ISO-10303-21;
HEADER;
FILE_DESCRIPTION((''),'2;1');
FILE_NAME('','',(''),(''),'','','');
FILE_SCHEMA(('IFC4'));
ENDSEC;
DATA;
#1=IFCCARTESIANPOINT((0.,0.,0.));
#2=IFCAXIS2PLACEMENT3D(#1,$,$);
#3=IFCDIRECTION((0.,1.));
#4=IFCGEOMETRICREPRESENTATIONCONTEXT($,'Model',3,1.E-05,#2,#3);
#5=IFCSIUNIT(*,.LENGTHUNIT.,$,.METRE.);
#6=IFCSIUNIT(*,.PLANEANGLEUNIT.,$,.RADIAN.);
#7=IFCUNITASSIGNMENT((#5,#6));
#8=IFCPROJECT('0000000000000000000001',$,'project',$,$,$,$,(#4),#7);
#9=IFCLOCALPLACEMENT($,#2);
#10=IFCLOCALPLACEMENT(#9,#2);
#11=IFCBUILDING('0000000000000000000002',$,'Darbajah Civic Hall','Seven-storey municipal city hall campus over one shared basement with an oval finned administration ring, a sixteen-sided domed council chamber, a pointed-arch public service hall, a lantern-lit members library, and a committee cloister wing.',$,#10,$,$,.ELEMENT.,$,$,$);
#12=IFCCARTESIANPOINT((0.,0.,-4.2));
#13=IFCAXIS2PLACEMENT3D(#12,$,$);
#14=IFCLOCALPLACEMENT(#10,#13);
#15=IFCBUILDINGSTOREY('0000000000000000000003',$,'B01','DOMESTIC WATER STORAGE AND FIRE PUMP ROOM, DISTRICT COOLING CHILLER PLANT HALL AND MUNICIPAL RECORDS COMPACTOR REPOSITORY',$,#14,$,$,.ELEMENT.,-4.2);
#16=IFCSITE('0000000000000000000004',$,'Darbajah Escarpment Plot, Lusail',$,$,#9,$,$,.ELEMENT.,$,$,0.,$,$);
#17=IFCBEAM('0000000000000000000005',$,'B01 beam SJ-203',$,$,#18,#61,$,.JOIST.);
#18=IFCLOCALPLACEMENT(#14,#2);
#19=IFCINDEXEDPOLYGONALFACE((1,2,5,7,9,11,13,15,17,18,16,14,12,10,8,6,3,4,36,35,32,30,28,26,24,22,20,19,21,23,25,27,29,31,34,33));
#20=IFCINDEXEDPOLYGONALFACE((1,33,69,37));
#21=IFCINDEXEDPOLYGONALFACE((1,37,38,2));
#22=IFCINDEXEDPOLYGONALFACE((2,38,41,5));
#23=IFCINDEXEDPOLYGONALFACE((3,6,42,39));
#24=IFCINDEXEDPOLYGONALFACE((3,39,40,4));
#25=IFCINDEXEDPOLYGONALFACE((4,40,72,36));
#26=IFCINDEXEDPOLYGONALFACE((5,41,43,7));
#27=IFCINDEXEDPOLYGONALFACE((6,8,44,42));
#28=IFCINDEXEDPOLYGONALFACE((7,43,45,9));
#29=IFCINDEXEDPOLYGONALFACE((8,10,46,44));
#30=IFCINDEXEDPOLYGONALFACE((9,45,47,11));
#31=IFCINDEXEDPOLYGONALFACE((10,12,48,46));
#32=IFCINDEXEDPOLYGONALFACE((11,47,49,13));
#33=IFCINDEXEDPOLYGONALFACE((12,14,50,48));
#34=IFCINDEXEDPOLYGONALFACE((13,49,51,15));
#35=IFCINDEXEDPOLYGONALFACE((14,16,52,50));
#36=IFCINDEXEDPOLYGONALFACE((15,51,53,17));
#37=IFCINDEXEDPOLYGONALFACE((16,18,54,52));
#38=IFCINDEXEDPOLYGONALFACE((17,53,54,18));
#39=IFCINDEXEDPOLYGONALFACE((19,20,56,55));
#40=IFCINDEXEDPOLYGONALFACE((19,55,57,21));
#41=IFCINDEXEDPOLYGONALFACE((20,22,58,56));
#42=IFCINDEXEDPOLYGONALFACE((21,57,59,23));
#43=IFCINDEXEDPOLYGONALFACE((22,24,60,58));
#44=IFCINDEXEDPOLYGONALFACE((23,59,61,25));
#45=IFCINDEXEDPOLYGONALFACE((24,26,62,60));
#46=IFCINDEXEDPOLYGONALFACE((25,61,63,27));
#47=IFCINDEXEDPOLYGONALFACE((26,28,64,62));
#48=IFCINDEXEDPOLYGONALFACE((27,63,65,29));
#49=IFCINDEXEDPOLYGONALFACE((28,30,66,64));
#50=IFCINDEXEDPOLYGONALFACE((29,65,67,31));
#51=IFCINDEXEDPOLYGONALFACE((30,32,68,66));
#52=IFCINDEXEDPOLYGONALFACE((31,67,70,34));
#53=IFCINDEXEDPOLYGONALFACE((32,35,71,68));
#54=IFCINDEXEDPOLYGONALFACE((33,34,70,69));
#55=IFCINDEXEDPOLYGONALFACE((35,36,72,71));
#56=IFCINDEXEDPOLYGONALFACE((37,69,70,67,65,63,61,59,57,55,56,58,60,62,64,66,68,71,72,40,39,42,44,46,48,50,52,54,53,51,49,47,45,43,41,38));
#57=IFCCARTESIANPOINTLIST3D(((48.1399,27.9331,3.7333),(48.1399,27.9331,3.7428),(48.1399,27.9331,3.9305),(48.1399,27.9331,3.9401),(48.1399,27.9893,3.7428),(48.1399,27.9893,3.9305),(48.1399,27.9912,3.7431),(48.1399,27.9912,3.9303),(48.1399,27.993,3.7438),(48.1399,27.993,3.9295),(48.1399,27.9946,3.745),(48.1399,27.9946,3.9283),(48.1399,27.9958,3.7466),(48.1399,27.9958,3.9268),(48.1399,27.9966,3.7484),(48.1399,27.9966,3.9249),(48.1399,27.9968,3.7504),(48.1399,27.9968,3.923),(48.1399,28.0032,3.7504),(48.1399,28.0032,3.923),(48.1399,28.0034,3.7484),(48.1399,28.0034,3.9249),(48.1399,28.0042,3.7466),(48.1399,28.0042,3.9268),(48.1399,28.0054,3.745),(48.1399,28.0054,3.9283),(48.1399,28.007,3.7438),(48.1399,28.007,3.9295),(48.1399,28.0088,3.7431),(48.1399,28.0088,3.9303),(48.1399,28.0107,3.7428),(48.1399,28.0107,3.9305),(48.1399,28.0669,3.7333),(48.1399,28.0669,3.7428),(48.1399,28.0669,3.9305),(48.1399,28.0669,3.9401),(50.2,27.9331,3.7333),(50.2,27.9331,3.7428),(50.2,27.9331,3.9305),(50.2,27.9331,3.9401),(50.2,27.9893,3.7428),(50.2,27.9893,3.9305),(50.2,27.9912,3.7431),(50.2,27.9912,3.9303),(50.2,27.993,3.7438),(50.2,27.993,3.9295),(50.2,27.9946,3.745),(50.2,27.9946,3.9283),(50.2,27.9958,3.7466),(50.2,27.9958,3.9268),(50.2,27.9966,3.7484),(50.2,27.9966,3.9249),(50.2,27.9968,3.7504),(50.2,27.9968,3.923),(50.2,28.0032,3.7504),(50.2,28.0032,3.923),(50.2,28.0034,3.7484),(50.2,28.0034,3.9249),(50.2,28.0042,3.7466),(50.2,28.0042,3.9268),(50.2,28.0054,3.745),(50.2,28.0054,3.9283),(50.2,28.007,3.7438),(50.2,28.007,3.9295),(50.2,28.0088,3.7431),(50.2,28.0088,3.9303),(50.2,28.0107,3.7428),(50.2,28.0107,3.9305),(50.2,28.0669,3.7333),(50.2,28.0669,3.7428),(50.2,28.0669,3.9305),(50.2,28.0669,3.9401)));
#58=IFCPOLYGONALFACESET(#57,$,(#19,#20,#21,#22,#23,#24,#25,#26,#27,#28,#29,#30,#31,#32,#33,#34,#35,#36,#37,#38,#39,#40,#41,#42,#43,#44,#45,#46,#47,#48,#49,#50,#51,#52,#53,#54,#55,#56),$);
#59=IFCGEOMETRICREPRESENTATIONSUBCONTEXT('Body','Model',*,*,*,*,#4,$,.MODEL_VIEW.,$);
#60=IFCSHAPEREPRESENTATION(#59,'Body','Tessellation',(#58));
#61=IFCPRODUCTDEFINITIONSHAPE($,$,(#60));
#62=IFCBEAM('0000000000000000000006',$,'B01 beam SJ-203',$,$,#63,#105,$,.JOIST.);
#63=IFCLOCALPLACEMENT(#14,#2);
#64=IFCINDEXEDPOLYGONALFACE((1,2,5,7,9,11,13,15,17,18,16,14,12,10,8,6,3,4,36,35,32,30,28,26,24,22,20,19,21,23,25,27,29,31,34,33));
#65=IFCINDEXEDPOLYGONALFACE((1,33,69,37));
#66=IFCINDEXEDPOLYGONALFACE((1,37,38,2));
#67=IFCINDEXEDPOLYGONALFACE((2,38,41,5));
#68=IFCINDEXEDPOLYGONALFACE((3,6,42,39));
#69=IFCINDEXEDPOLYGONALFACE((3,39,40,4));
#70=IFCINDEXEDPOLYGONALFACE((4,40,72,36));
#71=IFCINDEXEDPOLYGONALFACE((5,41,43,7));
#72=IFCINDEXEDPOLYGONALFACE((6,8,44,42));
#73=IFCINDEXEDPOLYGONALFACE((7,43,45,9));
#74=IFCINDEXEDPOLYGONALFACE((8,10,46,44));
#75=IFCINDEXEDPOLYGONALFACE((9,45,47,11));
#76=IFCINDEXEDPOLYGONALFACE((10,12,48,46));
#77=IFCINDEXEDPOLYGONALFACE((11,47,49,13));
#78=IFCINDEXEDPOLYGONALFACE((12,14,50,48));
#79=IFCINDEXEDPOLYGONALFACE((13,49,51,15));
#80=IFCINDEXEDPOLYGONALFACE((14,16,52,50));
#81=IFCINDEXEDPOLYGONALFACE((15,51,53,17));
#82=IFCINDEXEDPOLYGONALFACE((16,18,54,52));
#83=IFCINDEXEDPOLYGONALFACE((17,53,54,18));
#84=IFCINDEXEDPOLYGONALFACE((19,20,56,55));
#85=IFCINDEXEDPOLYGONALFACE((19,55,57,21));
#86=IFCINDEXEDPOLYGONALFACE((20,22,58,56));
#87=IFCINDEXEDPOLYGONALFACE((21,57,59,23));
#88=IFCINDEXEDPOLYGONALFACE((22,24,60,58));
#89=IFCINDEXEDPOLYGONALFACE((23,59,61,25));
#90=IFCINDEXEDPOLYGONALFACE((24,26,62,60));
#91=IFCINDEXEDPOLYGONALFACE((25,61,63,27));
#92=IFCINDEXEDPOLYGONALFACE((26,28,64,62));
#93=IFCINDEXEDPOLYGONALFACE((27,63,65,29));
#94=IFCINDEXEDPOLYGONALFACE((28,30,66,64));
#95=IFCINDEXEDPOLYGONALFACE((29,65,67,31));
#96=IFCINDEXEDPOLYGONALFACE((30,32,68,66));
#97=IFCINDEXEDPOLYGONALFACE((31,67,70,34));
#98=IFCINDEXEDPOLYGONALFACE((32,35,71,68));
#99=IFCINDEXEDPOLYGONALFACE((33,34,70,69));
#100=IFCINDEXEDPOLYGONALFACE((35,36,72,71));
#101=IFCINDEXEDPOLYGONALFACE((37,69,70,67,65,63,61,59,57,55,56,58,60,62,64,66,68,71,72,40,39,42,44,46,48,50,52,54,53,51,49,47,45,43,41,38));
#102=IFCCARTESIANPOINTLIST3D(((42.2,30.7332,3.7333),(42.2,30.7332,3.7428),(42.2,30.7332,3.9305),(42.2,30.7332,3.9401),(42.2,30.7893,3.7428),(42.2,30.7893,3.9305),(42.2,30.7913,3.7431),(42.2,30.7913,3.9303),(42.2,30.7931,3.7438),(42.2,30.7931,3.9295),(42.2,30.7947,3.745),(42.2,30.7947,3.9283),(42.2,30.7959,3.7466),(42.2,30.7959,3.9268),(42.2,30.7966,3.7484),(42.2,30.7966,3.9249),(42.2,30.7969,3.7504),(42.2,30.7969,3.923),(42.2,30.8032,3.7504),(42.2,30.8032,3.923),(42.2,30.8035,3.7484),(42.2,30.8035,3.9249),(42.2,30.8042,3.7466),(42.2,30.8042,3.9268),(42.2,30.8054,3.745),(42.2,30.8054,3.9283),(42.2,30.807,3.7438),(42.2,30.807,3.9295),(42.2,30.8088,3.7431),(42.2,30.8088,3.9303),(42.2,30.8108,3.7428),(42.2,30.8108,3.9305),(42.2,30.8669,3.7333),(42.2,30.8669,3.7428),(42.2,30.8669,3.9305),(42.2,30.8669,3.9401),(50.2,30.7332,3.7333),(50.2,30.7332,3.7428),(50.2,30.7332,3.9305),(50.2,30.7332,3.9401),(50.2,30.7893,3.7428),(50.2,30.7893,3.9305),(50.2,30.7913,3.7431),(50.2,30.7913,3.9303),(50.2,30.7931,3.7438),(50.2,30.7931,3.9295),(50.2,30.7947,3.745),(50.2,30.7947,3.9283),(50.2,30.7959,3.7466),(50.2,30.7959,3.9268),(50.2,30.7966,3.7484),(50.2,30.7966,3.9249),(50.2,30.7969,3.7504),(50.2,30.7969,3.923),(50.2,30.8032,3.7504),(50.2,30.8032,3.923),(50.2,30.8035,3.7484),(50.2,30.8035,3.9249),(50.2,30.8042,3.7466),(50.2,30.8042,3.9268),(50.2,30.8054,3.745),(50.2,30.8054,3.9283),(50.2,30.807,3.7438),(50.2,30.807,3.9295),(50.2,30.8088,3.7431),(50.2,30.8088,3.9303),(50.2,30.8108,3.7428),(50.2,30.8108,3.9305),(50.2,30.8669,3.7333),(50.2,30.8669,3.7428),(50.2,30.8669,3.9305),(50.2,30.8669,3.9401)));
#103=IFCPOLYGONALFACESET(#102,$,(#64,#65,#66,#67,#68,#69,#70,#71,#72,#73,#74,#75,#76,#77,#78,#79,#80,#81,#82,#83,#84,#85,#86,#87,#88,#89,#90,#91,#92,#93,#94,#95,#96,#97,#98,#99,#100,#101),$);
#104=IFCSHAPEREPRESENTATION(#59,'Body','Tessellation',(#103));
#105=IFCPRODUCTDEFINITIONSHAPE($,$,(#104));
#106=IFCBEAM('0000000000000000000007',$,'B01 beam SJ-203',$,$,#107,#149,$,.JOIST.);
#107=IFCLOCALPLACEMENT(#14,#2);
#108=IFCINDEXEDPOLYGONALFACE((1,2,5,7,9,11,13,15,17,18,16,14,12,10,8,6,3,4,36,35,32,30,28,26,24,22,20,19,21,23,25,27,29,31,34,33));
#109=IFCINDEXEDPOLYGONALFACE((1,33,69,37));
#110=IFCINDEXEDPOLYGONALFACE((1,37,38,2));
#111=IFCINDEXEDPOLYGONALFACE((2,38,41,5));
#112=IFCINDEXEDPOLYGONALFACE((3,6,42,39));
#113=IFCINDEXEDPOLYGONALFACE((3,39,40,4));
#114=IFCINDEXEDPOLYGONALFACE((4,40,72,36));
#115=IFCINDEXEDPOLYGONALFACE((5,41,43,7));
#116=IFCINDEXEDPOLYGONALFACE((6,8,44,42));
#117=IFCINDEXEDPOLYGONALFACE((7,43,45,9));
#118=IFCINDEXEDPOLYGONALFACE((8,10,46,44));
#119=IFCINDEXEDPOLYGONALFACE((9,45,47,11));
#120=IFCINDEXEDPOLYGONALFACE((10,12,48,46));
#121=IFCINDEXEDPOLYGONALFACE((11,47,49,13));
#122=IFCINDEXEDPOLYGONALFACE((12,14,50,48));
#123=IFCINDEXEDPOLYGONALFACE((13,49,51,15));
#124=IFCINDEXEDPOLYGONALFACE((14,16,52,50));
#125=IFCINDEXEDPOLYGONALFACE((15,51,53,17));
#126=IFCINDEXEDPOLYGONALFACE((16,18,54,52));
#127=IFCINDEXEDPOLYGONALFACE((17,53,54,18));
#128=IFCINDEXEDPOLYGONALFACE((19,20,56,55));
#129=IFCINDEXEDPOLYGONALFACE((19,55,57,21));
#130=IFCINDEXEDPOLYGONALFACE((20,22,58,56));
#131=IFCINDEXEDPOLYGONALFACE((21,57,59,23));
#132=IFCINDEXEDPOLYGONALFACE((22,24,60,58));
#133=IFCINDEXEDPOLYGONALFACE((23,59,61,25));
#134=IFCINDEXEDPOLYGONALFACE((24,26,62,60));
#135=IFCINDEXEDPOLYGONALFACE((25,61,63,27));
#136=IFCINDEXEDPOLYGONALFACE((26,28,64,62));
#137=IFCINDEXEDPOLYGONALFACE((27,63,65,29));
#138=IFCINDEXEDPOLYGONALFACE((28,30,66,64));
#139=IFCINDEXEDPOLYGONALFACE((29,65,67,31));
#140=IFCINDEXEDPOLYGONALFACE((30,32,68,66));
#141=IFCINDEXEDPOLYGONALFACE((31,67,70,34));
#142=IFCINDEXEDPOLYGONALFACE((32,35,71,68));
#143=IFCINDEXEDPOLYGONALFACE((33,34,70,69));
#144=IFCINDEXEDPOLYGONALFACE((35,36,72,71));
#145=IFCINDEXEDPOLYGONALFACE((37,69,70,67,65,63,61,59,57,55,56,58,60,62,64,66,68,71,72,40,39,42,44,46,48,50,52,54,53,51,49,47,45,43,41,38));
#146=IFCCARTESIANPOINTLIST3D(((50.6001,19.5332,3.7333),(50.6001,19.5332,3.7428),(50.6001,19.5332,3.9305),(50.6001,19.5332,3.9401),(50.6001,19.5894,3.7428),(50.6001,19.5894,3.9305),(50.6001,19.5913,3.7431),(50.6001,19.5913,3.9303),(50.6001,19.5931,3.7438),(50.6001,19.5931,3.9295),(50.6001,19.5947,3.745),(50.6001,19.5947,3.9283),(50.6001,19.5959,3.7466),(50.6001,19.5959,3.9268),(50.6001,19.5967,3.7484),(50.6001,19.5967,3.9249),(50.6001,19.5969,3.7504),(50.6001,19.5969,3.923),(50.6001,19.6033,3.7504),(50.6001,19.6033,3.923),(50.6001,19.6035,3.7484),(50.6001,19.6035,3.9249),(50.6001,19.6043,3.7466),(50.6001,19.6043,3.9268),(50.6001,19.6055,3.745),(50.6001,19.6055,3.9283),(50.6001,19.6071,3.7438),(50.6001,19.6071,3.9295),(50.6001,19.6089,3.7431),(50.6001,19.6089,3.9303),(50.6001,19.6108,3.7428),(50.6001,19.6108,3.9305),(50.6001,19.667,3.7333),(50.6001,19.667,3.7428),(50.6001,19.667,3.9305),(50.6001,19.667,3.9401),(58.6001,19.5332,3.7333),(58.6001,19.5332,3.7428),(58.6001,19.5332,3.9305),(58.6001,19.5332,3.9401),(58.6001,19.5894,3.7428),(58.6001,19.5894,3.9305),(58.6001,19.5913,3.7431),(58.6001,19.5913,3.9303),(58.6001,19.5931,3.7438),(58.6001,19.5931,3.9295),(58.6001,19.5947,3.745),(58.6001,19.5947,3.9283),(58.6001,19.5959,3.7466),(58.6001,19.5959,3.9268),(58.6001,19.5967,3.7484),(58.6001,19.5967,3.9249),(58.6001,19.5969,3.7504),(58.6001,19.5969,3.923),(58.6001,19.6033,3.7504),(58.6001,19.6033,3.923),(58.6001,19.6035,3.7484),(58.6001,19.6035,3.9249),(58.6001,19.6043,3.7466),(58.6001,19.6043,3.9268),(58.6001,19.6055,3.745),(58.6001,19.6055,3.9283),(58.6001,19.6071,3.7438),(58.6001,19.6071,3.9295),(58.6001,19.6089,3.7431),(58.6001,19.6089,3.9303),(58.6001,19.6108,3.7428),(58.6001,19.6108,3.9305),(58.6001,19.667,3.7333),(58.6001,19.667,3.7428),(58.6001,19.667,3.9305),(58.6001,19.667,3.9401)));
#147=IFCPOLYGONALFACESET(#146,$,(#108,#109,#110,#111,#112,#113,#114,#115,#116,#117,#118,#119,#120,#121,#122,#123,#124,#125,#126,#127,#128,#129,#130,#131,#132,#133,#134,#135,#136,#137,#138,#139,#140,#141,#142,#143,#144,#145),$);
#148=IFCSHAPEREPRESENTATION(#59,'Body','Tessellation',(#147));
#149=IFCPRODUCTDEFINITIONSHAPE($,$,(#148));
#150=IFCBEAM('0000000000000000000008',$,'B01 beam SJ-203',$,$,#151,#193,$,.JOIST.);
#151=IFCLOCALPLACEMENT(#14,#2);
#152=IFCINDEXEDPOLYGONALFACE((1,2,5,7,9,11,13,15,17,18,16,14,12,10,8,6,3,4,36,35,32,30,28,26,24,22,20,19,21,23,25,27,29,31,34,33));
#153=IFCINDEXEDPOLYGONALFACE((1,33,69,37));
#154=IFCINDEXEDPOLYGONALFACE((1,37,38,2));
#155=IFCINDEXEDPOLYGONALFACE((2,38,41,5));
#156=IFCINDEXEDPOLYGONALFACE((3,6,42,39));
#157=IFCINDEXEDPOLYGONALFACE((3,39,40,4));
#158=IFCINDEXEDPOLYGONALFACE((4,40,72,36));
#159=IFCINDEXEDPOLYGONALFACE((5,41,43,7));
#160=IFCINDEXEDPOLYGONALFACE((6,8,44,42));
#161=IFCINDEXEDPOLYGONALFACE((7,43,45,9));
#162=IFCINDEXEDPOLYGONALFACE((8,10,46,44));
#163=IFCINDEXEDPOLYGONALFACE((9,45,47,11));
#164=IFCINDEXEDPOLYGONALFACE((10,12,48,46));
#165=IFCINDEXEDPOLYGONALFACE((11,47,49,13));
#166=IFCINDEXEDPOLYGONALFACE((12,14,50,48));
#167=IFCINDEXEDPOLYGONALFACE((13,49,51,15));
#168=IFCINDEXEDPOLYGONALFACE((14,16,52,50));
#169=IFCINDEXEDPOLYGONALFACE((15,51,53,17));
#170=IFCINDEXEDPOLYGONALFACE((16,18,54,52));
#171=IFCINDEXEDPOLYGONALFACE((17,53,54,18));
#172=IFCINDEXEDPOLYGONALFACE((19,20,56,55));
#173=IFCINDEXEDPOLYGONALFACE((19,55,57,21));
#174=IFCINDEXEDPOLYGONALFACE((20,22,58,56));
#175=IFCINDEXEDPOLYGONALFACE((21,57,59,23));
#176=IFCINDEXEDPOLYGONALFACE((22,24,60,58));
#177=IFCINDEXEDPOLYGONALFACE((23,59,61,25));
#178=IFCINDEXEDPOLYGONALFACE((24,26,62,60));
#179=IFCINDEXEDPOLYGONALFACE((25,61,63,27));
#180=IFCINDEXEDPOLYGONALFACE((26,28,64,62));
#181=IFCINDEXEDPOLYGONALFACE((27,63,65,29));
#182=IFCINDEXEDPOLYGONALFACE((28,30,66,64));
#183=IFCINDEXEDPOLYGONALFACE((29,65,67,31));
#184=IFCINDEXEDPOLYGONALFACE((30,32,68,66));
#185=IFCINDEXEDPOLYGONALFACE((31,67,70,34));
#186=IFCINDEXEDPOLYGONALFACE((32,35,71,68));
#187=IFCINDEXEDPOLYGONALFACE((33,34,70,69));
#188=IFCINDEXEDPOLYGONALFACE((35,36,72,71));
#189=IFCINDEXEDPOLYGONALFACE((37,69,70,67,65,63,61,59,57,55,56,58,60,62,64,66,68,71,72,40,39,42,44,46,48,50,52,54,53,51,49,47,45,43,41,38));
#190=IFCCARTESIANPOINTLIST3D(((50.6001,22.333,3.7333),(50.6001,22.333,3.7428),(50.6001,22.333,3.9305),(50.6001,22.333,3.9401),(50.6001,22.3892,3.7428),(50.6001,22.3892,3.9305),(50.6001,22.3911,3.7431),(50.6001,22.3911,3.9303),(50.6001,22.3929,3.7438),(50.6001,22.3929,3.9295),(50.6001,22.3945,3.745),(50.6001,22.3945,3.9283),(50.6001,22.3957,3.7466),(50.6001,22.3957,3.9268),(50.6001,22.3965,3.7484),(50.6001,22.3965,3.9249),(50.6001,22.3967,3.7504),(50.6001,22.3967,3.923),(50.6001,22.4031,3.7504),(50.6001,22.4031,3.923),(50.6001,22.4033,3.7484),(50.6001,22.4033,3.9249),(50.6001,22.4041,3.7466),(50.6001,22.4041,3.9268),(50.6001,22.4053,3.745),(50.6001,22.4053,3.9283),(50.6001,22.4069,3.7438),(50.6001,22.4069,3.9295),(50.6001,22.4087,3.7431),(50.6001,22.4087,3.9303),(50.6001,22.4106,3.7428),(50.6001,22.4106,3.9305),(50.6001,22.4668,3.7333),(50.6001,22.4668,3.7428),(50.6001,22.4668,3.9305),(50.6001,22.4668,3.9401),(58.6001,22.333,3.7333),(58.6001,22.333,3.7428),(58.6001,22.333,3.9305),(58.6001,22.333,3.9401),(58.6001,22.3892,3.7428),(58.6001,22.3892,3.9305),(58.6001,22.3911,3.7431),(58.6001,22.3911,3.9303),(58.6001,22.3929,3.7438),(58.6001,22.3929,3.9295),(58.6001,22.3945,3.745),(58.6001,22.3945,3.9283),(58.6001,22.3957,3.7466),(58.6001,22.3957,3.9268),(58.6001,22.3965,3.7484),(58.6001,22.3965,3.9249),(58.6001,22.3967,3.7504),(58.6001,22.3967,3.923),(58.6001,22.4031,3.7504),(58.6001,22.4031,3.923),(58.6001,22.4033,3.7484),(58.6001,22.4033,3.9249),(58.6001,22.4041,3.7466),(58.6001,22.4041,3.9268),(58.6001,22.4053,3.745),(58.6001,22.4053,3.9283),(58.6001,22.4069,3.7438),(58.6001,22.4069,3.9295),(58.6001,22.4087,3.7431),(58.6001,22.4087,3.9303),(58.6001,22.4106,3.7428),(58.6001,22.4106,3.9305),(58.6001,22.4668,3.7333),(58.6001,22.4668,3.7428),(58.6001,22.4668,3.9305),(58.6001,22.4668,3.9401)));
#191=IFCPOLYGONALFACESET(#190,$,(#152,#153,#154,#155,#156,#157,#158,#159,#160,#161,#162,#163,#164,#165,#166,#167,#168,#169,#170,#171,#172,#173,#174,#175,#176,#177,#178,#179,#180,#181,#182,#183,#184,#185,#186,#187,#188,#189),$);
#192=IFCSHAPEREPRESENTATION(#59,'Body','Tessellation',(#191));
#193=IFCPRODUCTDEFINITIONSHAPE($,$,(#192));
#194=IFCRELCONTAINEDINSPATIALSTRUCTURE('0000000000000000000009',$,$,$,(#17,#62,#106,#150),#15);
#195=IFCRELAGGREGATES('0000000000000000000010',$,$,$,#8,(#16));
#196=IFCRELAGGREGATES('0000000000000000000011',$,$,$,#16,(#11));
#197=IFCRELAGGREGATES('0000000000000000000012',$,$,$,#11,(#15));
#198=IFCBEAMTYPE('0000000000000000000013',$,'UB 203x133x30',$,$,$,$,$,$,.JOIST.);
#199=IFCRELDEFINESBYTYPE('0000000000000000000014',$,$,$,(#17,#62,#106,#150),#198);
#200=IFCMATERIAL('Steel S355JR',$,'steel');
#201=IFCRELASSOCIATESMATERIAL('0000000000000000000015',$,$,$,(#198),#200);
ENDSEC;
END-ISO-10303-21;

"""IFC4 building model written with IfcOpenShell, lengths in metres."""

from ifc_helpers import new_model, si_unit, direction, frame, origin, origin_2d, place, context, subcontext, project, spatial, i_section, extrude, material, material_profile, profile_set, type_object, element, save


model = new_model("IFC4")

# Units and contexts
model_context = context("Model", 3, precision=1e-05, world=origin(), true_north=direction((0.0, 1.0)))
body_context = subcontext(model_context, "Body", "Model", "MODEL_VIEW")
ifc_project = project(units=[si_unit("LENGTHUNIT", "METRE"), si_unit("PLANEANGLEUNIT", "RADIAN")], contexts=[model_context])

# Site, building, storey
site_placement = place(None, origin())
site = spatial("IfcSite", under=ifc_project, at=site_placement, Name="Darbajah Escarpment Plot, Lusail", CompositionType="ELEMENT", RefElevation=0.0)
building_placement = place(site_placement, origin())
building = spatial("IfcBuilding", under=site, at=building_placement, Name="Darbajah Civic Hall", Description="Seven-storey municipal city hall campus over one shared basement with an oval finned administration ring, a sixteen-sided domed council chamber, a pointed-arch public service hall, a lantern-lit members library, and a committee cloister wing.", CompositionType="ELEMENT")
storey_placement = place(building_placement, frame((0.0, 0.0, -4.2)))
storey = spatial("IfcBuildingStorey", under=building, at=storey_placement, Name="B01", Description="DOMESTIC WATER STORAGE AND FIRE PUMP ROOM, DISTRICT COOLING CHILLER PLANT HALL AND MUNICIPAL RECORDS COMPACTOR REPOSITORY", CompositionType="ELEMENT", Elevation=-4.2)

# Beams
ifc_material_1 = material(Name="Steel S355JR", Category="steel")
ifc_material_profile_1 = material_profile(ifc_material_1, i_section(OverallWidth=0.1338, OverallDepth=0.2068, WebThickness=0.0063, FlangeThickness=0.0095, FilletRadius=0.0076, at=origin_2d()), Name="UB 203x133x30")
ifc_profile_set_1 = profile_set([ifc_material_profile_1], Name="Steel S355JR")
beam_type_1 = type_object("IfcBeamType", Name="UB 203x133x30", PredefinedType="JOIST", material=ifc_profile_set_1)
beam_1_placement = place(storey_placement, frame((48.1399, 28.0, 3.8367), z_axis=(1.0, 0.0, 0.0), x_axis=(0.0, 1.0, 0.0)))
element("IfcBeam", 1, at=beam_1_placement, inside=storey, type_object=beam_type_1, Name="B01 beam SJ-203", PredefinedType="JOIST", context=body_context, shape_type="SweptSolid", body=[
    extrude(i_section(OverallWidth=0.1338, OverallDepth=0.2068, WebThickness=0.0063, FlangeThickness=0.0095, FilletRadius=0.0076, at=origin_2d()), origin(), (0.0, 0.0, 1.0), 2.0601),
])
for number, where, z_axis, x_axis, name in (
    (2, (42.2, 30.8, 3.8367), (1.0, 0.0, 0.0), (0.0, 1.0, 0.0), "B01 beam SJ-203"),
    (3, (50.6001, 19.6001, 3.8367), (1.0, 0.0, 0.0), (0.0, 1.0, 0.0), "B01 beam SJ-203"),
    (4, (50.6001, 22.3999, 3.8367), (1.0, 0.0, 0.0), (0.0, 1.0, 0.0), "B01 beam SJ-203"),
):
    element("IfcBeam", number, at=place(storey_placement, frame(where, z_axis=z_axis, x_axis=x_axis)), inside=storey, type_object=beam_type_1, Name=name, PredefinedType="JOIST", context=body_context, shape_type="SweptSolid", body=[
        extrude(i_section(OverallWidth=0.1338, OverallDepth=0.2068, WebThickness=0.0063, FlangeThickness=0.0095, FilletRadius=0.0076, at=origin_2d()), origin(), (0.0, 0.0, 1.0), 8.0),
    ])

save(model, "model.ifc")
